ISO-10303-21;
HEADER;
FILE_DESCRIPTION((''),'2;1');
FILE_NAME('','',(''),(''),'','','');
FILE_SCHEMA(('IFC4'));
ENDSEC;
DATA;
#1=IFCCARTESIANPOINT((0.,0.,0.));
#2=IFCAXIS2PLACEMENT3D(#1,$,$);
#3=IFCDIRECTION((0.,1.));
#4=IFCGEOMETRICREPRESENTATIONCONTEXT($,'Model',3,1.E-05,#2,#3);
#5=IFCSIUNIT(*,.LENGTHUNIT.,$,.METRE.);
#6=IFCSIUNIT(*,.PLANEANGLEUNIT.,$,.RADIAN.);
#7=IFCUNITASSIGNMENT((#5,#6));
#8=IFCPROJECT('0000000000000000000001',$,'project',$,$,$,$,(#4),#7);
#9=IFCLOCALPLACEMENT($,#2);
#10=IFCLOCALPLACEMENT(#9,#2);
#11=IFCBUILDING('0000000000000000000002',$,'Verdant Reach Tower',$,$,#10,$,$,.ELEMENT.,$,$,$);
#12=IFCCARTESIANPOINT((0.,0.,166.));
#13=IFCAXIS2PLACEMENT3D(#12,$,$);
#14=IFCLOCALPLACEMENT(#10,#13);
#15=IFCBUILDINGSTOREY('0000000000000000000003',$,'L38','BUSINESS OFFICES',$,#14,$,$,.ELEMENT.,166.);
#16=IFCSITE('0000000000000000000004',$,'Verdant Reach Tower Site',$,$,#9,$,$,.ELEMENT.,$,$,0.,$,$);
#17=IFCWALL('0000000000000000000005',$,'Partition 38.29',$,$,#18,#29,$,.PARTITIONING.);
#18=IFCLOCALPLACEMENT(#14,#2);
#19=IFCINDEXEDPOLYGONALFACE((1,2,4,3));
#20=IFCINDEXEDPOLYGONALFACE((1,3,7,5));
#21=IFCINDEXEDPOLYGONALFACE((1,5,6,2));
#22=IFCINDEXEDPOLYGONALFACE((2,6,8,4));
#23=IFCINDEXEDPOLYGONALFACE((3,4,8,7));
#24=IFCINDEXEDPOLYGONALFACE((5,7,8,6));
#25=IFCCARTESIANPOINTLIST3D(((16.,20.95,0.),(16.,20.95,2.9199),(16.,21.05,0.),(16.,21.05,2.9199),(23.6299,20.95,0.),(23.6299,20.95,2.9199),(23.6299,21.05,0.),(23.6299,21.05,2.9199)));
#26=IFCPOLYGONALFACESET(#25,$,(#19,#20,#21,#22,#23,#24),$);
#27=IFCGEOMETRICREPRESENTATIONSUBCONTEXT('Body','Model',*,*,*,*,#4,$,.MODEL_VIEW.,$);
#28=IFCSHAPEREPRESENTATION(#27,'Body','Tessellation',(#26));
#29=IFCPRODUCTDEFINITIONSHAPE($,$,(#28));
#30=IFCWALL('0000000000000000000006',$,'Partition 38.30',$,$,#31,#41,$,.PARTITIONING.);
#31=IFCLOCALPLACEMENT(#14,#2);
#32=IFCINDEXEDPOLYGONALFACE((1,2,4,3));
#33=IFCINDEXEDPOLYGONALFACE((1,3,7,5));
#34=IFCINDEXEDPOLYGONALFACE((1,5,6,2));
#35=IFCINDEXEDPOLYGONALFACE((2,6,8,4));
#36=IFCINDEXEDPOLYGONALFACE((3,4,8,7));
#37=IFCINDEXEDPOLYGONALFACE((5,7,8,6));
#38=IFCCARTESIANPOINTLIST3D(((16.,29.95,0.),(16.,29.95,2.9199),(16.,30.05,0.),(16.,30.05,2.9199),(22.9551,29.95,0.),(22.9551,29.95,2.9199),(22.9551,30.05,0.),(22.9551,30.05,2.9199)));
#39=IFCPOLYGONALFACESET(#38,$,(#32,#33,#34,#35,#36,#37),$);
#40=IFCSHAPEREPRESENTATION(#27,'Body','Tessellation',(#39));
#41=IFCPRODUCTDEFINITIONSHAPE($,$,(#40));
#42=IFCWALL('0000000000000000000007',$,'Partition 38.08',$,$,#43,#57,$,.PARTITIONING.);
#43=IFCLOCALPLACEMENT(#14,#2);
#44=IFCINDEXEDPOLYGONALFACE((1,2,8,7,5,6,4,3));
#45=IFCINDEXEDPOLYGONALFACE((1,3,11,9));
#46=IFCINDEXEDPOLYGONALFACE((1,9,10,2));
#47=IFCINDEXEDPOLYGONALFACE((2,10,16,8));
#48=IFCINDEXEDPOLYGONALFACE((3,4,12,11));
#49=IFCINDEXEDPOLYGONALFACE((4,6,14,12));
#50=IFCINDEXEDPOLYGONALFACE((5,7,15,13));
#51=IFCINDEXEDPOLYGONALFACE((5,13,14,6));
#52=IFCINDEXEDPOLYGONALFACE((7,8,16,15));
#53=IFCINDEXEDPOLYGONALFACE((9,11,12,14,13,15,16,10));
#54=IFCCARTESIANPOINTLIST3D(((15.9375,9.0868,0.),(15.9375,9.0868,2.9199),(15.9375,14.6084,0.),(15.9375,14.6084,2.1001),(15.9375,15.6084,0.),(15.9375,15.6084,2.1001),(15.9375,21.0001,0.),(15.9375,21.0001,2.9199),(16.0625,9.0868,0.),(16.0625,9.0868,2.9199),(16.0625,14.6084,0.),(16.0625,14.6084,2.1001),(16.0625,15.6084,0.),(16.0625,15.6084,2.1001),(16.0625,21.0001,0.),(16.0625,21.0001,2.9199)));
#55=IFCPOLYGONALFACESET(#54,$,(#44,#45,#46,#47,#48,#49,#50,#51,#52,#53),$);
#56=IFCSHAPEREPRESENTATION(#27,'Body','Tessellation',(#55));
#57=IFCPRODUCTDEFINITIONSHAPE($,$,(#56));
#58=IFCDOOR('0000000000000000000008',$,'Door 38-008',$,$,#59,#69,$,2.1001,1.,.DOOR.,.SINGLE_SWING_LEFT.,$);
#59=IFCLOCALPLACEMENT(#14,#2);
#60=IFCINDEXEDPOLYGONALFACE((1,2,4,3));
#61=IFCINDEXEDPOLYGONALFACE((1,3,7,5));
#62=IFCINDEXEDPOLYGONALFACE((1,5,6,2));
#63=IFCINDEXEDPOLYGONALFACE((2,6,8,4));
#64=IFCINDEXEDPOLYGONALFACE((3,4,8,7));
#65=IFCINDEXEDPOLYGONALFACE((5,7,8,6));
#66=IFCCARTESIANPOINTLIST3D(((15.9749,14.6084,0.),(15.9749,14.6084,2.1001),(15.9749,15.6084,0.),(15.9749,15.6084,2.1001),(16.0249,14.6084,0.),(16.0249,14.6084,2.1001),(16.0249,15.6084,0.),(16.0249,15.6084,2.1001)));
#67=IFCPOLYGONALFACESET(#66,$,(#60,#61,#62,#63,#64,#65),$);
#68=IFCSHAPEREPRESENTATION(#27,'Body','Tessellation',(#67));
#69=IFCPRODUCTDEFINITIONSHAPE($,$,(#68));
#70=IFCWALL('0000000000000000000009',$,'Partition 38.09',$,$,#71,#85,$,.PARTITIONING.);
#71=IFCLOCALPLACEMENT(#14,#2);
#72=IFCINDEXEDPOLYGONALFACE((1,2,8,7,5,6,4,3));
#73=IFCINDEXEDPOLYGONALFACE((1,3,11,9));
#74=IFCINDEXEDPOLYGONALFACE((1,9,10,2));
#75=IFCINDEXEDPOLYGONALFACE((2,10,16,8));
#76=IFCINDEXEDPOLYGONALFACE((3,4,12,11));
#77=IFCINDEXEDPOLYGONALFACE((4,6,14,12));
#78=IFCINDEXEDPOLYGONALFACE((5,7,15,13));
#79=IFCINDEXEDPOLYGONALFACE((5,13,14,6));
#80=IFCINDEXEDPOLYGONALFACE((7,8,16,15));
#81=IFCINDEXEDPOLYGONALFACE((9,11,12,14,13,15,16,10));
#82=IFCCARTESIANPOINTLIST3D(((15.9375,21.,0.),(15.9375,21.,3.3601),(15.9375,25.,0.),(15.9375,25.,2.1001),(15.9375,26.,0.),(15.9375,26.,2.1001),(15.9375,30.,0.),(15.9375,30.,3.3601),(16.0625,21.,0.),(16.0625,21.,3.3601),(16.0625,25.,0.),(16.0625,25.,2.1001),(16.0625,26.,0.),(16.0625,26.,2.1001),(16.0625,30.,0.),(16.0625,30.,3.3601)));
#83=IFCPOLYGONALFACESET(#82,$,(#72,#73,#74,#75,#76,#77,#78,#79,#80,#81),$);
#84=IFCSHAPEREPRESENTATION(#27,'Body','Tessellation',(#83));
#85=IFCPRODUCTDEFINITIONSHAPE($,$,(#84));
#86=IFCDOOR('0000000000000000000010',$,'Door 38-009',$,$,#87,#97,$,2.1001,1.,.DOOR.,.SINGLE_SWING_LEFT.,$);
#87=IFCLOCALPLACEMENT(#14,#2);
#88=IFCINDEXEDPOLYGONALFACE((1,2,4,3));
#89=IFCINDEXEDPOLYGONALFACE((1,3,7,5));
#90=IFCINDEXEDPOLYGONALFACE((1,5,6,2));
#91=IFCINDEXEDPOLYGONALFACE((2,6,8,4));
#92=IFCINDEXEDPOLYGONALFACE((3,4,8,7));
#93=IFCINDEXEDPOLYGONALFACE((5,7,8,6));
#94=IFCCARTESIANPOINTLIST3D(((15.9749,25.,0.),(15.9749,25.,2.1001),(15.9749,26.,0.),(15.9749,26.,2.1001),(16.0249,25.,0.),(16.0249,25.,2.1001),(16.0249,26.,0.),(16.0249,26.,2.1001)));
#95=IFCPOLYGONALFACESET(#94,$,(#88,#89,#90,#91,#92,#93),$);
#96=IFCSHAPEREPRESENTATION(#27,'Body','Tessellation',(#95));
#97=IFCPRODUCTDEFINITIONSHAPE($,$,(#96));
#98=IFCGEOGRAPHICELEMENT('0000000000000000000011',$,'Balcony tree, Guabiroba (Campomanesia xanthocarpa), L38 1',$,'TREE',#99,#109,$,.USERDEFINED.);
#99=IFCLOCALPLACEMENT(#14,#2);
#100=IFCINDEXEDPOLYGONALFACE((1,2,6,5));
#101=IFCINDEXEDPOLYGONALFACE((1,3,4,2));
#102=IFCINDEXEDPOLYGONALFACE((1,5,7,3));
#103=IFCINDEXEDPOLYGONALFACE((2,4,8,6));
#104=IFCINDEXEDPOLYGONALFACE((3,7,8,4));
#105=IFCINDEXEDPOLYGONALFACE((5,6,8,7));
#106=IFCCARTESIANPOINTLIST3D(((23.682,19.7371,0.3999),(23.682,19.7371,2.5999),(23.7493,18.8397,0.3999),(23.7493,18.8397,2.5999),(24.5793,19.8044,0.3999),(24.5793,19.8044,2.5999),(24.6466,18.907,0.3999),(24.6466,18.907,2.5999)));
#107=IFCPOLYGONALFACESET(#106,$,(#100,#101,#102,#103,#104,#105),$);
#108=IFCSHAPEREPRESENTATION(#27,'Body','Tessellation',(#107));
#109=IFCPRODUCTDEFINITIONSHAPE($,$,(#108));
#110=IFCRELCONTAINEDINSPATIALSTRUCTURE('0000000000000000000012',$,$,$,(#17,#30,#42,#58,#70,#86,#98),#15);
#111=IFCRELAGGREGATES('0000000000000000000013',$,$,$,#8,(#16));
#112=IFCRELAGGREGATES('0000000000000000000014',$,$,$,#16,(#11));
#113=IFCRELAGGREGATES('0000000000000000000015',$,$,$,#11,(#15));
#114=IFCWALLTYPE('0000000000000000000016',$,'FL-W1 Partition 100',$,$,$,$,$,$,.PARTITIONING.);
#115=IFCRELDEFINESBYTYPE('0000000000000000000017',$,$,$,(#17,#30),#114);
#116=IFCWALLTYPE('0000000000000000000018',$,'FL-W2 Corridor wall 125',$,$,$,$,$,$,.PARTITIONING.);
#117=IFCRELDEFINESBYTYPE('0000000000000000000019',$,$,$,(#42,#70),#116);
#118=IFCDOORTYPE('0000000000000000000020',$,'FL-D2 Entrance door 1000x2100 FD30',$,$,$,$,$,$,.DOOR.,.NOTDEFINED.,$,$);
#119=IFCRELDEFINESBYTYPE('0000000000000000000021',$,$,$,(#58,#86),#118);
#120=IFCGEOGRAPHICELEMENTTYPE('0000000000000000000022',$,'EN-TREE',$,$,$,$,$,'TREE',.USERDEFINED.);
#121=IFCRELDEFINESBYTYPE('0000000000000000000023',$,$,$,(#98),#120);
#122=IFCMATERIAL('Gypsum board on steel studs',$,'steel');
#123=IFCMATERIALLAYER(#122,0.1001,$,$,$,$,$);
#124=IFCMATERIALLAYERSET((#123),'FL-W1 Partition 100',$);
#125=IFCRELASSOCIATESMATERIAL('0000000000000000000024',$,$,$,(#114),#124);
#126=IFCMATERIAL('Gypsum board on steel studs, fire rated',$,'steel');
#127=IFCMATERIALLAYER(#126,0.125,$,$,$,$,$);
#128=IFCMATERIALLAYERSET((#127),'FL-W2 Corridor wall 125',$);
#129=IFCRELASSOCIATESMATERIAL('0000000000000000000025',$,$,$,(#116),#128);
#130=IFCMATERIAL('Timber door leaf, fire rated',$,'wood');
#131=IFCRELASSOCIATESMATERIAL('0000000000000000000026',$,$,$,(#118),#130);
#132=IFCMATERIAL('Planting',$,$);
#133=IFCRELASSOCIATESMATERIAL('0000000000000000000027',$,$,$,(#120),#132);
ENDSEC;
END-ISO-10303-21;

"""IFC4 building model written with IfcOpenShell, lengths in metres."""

from ifc_helpers import new_model, si_unit, direction, frame, frame_2d, origin, origin_2d, place, context, subcontext, project, spatial, rectangle, extrude, material, layer, layer_set, type_object, element, fill, save


model = new_model("IFC4")

# Units and contexts
model_context = context("Model", 3, precision=1e-05, world=origin(), true_north=direction((0.0, 1.0)))
body_context = subcontext(model_context, "Body", "Model", "MODEL_VIEW")
ifc_project = project(units=[si_unit("LENGTHUNIT", "METRE"), si_unit("PLANEANGLEUNIT", "RADIAN")], contexts=[model_context])

# Site, building, storey
site_placement = place(None, origin())
site = spatial("IfcSite", under=ifc_project, at=site_placement, Name="Verdant Reach Tower Site", CompositionType="ELEMENT", RefElevation=0.0)
building_placement = place(site_placement, origin())
building = spatial("IfcBuilding", under=site, at=building_placement, Name="Verdant Reach Tower", CompositionType="ELEMENT")
storey_placement = place(building_placement, frame((0.0, 0.0, 166.0)))
storey = spatial("IfcBuildingStorey", under=building, at=storey_placement, Name="L38", Description="BUSINESS OFFICES", CompositionType="ELEMENT", Elevation=166.0)

# Walls
ifc_material_1 = material(Name="Gypsum board on steel studs", Category="steel")
ifc_layer_1 = layer(ifc_material_1, 0.1001)
ifc_layer_set_1 = layer_set([ifc_layer_1], Name="FL-W1 Partition 100")
wall_type_1 = type_object("IfcWallType", Name="FL-W1 Partition 100", PredefinedType="PARTITIONING", material=ifc_layer_set_1)
wall_1_placement = place(storey_placement, frame((23.6299, 21.0, 0.0), z_axis=(0.0, 0.0, 1.0), x_axis=(-1.0, 0.0, 0.0)))
element("IfcWall", 1, at=wall_1_placement, inside=storey, type_object=wall_type_1, Name="Partition 38.29", PredefinedType="PARTITIONING", context=body_context, shape_type="SweptSolid", body=[
    extrude(rectangle(XDim=7.6299, YDim=0.1001, at=frame_2d((3.8149, 0.0))), origin(), (0.0, 0.0, 1.0), 2.9199),
])
wall_2_placement = place(storey_placement, frame((22.9551, 30.0, 0.0), z_axis=(0.0, 0.0, 1.0), x_axis=(-1.0, 0.0, 0.0)))
element("IfcWall", 2, at=wall_2_placement, inside=storey, type_object=wall_type_1, Name="Partition 38.30", PredefinedType="PARTITIONING", context=body_context, shape_type="SweptSolid", body=[
    extrude(rectangle(XDim=6.9551, YDim=0.1001, at=frame_2d((3.4775, 0.0))), origin(), (0.0, 0.0, 1.0), 2.9199),
])

# Walls, openings, doors
ifc_material_2 = material(Name="Gypsum board on steel studs, fire rated", Category="steel")
ifc_layer_2 = layer(ifc_material_2, 0.125)
ifc_layer_set_2 = layer_set([ifc_layer_2], Name="FL-W2 Corridor wall 125")
wall_type_2 = type_object("IfcWallType", Name="FL-W2 Corridor wall 125", PredefinedType="PARTITIONING", material=ifc_layer_set_2)
wall_3_placement = place(storey_placement, frame((16.0, 21.0, 0.0), z_axis=(0.0, 0.0, 1.0), x_axis=(0.0, -1.0, 0.0)))
wall_3 = element("IfcWall", 3, at=wall_3_placement, inside=storey, type_object=wall_type_2, Name="Partition 38.08", PredefinedType="PARTITIONING", context=body_context, shape_type="SweptSolid", body=[
    extrude(rectangle(XDim=11.9133, YDim=0.125, at=frame_2d((5.9565, 0.0))), origin(), (0.0, 0.0, 1.0), 2.9199),
])
opening_1_placement = place(wall_3_placement, frame((5.3916, 0.0, 0.0)))
opening_1 = element("IfcOpeningElement", 4, at=opening_1_placement, cuts=wall_3, PredefinedType="OPENING", context=body_context, shape_type="SweptSolid", body=[
    extrude(rectangle(XDim=1.0, YDim=2.1001, at=frame_2d((0.5, 1.05))), frame((0.0, 0.0725, 0.0), z_axis=(0.0, -1.0, 0.0), x_axis=(1.0, 0.0, 0.0)), (0.0, 0.0, 1.0), 0.145),
])
ifc_material_3 = material(Name="Timber door leaf, fire rated", Category="wood")
door_type_1 = type_object("IfcDoorType", Name="FL-D2 Entrance door 1000x2100 FD30", OperationType="NOTDEFINED", PredefinedType="DOOR", material=ifc_material_3)
door_1_placement = place(opening_1_placement, origin())
door_1 = element("IfcDoor", 5, at=door_1_placement, inside=storey, type_object=door_type_1, Name="Door 38-008", OperationType="SINGLE_SWING_LEFT", OverallHeight=2.1001, OverallWidth=1.0, PredefinedType="DOOR", context=body_context, shape_type="SweptSolid", body=[
    extrude(rectangle(XDim=1.0, YDim=2.1001, at=frame_2d((0.5, 1.05))), frame((0.0, 0.0249, 0.0), z_axis=(0.0, -1.0, 0.0), x_axis=(1.0, 0.0, 0.0)), (0.0, 0.0, 1.0), 0.05),
])
fill(opening_1, door_1)
wall_4_placement = place(storey_placement, frame((16.0, 30.0, 0.0), z_axis=(0.0, 0.0, 1.0), x_axis=(0.0, -1.0, 0.0)))
wall_4 = element("IfcWall", 6, at=wall_4_placement, inside=storey, type_object=wall_type_2, Name="Partition 38.09", PredefinedType="PARTITIONING", context=body_context, shape_type="SweptSolid", body=[
    extrude(rectangle(XDim=9.0, YDim=0.125, at=frame_2d((4.5, 0.0))), origin(), (0.0, 0.0, 1.0), 3.3601),
])
opening_2_placement = place(wall_4_placement, frame((4.0, 0.0, 0.0)))
opening_2 = element("IfcOpeningElement", 7, at=opening_2_placement, cuts=wall_4, PredefinedType="OPENING", context=body_context, shape_type="SweptSolid", body=[
    extrude(rectangle(XDim=1.0, YDim=2.1001, at=frame_2d((0.5, 1.05))), frame((0.0, 0.0725, 0.0), z_axis=(0.0, -1.0, 0.0), x_axis=(1.0, 0.0, 0.0)), (0.0, 0.0, 1.0), 0.145),
])
door_2_placement = place(opening_2_placement, origin())
door_2 = element("IfcDoor", 8, at=door_2_placement, inside=storey, type_object=door_type_1, Name="Door 38-009", OperationType="SINGLE_SWING_LEFT", OverallHeight=2.1001, OverallWidth=1.0, PredefinedType="DOOR", context=body_context, shape_type="SweptSolid", body=[
    extrude(rectangle(XDim=1.0, YDim=2.1001, at=frame_2d((0.5, 1.05))), frame((0.0, 0.0249, 0.0), z_axis=(0.0, -1.0, 0.0), x_axis=(1.0, 0.0, 0.0)), (0.0, 0.0, 1.0), 0.05),
])
fill(opening_2, door_2)

# Geographic element
ifc_material_4 = material(Name="Planting")
geographic_element_type = type_object("IfcGeographicElementType", Name="EN-TREE", ElementType="TREE", PredefinedType="USERDEFINED", material=ifc_material_4)
geographic_element_placement = place(storey_placement, frame((24.1643, 19.322, 0.3999), z_axis=(0.0, 0.0, 1.0), x_axis=(-0.07479, 0.997199, 0.0)))
element("IfcGeographicElement", 9, at=geographic_element_placement, inside=storey, type_object=geographic_element_type, Name="Balcony tree, Guabiroba (Campomanesia xanthocarpa), L38 1", ObjectType="TREE", PredefinedType="USERDEFINED", context=body_context, shape_type="SweptSolid", body=[
    extrude(rectangle(XDim=0.8999, YDim=0.8999, at=origin_2d()), origin(), (0.0, 0.0, 1.0), 2.2),
])

save(model, "model.ifc")
